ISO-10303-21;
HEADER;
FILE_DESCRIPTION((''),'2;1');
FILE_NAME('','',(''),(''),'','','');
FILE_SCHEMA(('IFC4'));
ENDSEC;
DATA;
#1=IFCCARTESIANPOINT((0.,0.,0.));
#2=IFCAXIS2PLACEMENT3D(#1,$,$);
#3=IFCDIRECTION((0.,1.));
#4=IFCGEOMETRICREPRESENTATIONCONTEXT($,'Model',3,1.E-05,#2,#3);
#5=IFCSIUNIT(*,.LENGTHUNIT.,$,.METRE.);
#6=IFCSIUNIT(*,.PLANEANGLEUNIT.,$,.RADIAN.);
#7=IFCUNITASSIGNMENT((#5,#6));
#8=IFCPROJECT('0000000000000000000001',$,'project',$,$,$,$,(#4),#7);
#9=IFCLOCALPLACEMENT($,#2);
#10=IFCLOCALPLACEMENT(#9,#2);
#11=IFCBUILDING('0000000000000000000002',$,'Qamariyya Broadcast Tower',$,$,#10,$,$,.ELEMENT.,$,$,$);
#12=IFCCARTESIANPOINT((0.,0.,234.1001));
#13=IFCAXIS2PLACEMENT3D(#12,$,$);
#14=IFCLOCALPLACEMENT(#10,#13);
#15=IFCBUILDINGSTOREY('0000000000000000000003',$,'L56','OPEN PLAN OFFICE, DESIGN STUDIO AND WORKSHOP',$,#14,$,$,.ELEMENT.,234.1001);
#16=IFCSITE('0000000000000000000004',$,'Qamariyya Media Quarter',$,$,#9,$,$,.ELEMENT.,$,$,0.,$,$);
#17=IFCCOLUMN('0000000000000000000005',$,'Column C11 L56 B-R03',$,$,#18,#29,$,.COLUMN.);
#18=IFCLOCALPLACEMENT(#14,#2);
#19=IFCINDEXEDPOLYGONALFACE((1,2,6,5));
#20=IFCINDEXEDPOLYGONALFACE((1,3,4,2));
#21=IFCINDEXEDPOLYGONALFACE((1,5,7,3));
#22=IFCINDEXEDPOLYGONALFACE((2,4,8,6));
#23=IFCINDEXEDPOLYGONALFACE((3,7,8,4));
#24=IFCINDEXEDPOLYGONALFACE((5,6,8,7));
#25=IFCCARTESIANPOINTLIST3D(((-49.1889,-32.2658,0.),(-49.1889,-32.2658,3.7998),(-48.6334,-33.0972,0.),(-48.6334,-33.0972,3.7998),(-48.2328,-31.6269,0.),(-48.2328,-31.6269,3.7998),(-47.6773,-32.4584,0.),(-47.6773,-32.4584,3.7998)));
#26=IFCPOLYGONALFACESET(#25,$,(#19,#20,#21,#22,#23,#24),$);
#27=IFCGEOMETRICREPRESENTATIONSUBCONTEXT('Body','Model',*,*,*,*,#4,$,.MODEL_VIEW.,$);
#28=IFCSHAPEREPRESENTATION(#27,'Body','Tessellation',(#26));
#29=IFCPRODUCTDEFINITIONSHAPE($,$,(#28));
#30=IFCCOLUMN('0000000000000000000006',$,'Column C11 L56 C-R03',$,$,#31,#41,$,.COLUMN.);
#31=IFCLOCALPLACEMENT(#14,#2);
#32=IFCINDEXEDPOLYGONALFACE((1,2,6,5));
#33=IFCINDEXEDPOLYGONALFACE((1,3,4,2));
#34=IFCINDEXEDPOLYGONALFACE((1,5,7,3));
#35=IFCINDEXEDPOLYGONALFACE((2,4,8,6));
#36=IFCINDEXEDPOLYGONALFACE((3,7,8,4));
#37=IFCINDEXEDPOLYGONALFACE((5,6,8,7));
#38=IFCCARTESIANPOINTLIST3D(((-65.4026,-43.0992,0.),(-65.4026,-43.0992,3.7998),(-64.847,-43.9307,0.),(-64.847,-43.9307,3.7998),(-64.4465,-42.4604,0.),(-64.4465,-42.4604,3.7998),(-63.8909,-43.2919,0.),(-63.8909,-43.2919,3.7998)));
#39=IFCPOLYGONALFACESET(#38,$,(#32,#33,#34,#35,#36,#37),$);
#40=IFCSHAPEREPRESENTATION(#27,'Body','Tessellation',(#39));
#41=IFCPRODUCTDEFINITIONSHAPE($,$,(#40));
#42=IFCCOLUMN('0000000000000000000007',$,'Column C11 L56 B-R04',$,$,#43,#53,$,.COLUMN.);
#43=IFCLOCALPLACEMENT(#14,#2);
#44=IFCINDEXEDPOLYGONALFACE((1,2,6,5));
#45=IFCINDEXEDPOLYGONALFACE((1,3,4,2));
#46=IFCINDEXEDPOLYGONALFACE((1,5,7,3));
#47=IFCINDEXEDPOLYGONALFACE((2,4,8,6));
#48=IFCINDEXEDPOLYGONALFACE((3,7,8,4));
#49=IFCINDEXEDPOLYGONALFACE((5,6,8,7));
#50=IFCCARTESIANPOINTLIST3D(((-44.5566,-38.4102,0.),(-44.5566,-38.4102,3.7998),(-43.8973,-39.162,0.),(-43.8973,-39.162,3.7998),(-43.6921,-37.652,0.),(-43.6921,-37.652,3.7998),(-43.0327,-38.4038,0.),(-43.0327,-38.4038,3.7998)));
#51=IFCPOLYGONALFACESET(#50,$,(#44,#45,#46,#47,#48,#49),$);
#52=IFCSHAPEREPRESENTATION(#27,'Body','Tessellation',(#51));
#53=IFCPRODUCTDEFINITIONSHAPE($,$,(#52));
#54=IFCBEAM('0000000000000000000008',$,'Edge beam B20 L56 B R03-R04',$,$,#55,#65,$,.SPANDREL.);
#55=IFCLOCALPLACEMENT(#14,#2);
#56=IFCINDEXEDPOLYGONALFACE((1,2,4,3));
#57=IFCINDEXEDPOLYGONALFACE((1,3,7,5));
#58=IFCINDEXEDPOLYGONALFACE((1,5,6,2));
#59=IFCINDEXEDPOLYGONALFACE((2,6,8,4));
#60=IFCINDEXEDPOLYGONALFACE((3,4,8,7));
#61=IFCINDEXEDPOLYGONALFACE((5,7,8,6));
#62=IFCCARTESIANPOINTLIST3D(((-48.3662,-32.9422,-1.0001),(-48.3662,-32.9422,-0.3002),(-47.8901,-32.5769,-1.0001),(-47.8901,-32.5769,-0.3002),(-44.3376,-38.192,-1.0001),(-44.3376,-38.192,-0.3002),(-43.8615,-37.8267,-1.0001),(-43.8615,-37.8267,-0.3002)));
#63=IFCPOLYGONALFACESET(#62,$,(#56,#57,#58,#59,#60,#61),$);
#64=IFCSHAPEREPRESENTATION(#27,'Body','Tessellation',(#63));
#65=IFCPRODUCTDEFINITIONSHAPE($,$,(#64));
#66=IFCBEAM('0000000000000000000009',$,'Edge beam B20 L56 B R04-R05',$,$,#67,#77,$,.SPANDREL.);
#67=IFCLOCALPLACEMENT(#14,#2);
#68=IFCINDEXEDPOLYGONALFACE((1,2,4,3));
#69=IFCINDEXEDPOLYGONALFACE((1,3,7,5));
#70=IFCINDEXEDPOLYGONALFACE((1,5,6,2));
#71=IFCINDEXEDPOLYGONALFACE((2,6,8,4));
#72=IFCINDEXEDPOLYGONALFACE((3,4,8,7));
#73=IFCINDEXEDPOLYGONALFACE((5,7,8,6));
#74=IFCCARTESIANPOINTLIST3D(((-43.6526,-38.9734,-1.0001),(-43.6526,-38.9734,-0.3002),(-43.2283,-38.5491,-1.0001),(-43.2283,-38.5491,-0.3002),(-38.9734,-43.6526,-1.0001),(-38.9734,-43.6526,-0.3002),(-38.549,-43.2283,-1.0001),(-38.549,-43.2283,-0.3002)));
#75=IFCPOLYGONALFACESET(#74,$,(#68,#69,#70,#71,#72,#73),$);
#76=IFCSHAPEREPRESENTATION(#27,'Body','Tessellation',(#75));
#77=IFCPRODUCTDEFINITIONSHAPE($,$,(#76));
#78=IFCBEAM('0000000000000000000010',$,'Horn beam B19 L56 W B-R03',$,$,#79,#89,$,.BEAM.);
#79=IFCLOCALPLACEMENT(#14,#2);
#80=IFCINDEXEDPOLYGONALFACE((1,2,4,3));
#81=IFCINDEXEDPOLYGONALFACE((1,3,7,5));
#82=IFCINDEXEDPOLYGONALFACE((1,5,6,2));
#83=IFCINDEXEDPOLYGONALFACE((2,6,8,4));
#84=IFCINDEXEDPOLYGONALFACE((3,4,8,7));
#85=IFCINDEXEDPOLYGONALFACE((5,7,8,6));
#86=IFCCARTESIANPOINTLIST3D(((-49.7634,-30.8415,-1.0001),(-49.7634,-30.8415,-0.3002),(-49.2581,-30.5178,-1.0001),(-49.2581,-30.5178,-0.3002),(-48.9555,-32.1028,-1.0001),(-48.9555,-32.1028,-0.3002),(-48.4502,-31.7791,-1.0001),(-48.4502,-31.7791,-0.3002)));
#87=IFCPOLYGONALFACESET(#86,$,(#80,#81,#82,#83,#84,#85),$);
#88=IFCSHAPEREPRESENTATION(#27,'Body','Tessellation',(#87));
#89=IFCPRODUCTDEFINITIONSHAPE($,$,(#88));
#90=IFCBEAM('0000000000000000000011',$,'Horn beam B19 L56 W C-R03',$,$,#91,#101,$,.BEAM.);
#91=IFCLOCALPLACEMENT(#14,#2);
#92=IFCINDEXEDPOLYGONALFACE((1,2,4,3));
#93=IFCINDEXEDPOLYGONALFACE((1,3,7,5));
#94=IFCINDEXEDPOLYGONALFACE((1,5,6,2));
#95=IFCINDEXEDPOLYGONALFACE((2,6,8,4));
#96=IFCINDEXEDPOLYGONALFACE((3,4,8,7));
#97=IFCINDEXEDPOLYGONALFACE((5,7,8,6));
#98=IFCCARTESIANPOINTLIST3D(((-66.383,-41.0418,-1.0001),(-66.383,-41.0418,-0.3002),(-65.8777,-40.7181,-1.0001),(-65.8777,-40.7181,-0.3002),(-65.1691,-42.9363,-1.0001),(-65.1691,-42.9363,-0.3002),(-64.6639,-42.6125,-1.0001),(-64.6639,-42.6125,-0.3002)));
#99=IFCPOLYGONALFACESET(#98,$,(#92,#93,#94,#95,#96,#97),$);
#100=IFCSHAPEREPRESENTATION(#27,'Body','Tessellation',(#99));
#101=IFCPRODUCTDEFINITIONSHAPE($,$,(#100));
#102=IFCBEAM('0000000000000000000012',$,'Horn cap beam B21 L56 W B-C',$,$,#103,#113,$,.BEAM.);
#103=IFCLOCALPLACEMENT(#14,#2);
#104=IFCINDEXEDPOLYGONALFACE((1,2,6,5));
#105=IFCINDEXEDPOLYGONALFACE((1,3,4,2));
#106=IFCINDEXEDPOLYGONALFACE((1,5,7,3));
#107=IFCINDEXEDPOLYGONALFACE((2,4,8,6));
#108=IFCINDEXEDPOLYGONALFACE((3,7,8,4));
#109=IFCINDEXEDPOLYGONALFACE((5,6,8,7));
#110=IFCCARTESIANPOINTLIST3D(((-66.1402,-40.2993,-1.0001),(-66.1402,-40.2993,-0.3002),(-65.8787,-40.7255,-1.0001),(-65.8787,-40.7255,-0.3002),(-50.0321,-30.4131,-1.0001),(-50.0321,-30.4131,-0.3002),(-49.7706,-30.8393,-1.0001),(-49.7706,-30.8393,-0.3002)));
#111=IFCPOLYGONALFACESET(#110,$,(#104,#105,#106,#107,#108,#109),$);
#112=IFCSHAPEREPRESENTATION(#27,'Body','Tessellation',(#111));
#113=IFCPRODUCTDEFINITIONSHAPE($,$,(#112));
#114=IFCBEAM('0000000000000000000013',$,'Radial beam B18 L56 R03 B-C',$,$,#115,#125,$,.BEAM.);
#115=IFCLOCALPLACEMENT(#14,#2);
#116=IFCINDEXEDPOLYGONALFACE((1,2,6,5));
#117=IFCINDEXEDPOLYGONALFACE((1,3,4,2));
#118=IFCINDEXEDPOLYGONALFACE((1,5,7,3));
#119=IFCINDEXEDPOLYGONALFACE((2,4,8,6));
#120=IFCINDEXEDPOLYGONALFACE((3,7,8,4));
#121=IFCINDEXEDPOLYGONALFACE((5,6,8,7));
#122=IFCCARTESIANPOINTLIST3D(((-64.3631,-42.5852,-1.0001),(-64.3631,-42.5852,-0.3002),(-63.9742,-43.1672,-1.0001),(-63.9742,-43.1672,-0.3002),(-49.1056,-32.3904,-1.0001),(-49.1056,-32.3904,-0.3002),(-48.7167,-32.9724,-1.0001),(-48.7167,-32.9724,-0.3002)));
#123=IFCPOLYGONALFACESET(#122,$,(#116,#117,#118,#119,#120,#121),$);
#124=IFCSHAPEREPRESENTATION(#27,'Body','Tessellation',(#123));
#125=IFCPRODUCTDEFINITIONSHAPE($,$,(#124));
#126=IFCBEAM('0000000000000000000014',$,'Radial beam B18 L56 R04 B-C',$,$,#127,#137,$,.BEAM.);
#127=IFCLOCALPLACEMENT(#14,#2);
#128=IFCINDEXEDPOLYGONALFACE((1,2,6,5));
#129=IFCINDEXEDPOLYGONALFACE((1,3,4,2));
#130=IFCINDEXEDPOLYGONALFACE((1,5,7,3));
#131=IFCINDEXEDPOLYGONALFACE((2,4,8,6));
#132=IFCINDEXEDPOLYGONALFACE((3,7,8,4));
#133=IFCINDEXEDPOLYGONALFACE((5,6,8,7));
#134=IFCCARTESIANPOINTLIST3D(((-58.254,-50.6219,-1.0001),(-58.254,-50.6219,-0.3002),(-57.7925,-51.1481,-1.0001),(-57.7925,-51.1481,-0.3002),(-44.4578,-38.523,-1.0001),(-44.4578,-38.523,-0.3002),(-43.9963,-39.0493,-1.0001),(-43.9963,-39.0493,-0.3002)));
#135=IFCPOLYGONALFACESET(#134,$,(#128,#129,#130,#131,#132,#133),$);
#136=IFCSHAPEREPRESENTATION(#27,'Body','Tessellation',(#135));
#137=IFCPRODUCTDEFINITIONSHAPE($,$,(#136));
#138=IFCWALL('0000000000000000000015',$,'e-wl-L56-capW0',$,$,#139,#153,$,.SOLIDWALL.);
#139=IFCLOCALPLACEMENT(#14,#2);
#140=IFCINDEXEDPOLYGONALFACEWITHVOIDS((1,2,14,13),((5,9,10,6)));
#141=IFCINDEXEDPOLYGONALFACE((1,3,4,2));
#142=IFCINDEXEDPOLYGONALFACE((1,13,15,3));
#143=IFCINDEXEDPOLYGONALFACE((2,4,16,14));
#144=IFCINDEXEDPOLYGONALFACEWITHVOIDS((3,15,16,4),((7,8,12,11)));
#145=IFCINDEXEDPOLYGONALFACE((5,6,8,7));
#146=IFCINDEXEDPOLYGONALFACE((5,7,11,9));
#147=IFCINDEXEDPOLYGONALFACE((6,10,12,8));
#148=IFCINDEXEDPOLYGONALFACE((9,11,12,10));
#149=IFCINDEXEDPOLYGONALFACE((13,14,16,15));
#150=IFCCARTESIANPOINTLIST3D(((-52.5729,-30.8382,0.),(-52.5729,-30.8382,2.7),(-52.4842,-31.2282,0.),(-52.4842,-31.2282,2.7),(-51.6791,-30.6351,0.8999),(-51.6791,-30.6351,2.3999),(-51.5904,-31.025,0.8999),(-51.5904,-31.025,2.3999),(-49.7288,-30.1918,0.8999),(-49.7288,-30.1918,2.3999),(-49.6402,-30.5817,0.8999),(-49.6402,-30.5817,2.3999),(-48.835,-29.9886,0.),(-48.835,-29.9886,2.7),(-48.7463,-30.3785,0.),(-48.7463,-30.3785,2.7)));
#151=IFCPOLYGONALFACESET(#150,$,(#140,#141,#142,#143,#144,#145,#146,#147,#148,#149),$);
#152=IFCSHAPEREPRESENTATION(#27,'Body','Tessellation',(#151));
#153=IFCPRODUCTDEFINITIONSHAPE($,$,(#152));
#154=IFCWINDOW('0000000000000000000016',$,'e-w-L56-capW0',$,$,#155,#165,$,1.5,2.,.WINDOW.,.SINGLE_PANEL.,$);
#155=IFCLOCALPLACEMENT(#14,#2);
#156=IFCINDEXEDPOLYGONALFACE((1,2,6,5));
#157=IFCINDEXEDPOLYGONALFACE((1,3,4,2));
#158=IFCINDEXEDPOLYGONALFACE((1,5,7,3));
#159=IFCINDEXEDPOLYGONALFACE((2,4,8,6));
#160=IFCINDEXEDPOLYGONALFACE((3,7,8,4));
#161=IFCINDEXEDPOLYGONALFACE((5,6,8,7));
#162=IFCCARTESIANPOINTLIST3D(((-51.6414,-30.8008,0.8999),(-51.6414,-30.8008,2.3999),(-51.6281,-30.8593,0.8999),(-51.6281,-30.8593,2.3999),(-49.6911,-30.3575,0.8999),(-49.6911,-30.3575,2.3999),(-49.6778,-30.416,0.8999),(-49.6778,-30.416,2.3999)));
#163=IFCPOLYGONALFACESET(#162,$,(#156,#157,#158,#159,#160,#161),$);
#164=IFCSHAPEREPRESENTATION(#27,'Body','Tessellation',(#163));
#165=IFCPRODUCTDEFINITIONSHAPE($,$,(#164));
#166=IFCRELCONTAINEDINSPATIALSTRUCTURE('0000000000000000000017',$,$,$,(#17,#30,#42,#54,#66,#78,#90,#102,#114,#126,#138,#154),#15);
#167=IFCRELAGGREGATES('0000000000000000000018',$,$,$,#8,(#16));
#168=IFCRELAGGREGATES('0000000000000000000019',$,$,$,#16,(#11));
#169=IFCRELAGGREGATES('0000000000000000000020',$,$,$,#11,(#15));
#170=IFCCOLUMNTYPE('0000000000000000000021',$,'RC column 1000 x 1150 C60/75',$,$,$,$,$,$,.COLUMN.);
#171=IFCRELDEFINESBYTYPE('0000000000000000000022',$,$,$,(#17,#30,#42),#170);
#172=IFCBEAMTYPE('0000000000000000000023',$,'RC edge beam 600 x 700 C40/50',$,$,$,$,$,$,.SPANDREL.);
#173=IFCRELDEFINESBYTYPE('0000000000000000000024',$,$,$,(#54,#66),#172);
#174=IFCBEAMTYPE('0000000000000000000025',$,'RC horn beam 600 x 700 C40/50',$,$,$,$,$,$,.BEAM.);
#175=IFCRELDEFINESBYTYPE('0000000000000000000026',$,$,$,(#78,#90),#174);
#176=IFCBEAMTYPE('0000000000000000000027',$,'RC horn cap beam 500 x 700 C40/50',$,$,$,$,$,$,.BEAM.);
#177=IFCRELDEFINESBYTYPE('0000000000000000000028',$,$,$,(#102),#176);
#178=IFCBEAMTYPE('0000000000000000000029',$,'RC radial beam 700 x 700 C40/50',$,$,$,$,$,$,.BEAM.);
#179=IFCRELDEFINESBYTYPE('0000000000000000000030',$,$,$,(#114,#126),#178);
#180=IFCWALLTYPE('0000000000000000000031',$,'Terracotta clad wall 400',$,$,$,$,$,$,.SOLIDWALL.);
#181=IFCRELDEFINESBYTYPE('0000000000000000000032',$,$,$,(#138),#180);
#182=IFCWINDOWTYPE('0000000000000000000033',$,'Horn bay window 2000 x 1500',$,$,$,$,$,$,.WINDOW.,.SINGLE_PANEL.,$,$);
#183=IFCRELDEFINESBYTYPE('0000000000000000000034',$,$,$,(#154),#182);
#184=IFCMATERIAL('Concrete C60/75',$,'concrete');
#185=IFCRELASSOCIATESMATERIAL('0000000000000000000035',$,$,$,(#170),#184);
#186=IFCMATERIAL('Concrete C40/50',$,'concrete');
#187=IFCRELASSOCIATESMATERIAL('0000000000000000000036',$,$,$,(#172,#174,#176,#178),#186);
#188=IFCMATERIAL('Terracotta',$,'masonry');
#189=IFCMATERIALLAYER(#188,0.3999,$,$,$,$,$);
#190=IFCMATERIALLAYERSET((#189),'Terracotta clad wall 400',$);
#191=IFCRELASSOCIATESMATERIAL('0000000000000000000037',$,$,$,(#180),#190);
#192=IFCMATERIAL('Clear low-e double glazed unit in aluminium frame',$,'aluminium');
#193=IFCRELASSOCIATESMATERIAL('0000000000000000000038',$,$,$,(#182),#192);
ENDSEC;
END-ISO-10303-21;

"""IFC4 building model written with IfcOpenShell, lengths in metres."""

from ifc_helpers import new_model, si_unit, direction, frame, frame_2d, origin, origin_2d, place, context, subcontext, project, spatial, rectangle, extrude, material, layer, layer_set, material_profile, profile_set, type_object, element, fill, save


model = new_model("IFC4")

# Units and contexts
model_context = context("Model", 3, precision=1e-05, world=origin(), true_north=direction((0.0, 1.0)))
body_context = subcontext(model_context, "Body", "Model", "MODEL_VIEW")
ifc_project = project(units=[si_unit("LENGTHUNIT", "METRE"), si_unit("PLANEANGLEUNIT", "RADIAN")], contexts=[model_context])

# Site, building, storey
site_placement = place(None, origin())
site = spatial("IfcSite", under=ifc_project, at=site_placement, Name="Qamariyya Media Quarter", CompositionType="ELEMENT", RefElevation=0.0)
building_placement = place(site_placement, origin())
building = spatial("IfcBuilding", under=site, at=building_placement, Name="Qamariyya Broadcast Tower", CompositionType="ELEMENT")
storey_placement = place(building_placement, frame((0.0, 0.0, 234.1001)))
storey = spatial("IfcBuildingStorey", under=building, at=storey_placement, Name="L56", Description="OPEN PLAN OFFICE, DESIGN STUDIO AND WORKSHOP", CompositionType="ELEMENT", Elevation=234.1001)

# Columns
ifc_material_1 = material(Name="Concrete C60/75", Category="concrete")
ifc_material_profile_1 = material_profile(ifc_material_1, rectangle(XDim=1.0, YDim=1.1499, at=origin_2d()))
ifc_profile_set_1 = profile_set([ifc_material_profile_1], Name="Concrete C60/75")
column_type = type_object("IfcColumnType", Name="RC column 1000 x 1150 C60/75", PredefinedType="COLUMN", material=ifc_profile_set_1)
for number, where, z_axis, x_axis, name in (
    (1, (-48.4331, -32.3621, 0.0), (0.0, 0.0, 1.0), (0.55557, -0.83147, 0.0), "Column C11 L56 B-R03"),
    (2, (-64.6467, -43.1956, 0.0), (0.0, 0.0, 1.0), (0.55557, -0.83147, 0.0), "Column C11 L56 C-R03"),
    (3, (-43.7947, -38.407, 0.0), (0.0, 0.0, 1.0), (0.659346, -0.75184, 0.0), "Column C11 L56 B-R04"),
):
    element("IfcColumn", number, at=place(storey_placement, frame(where, z_axis=z_axis, x_axis=x_axis)), inside=storey, type_object=column_type, Name=name, PredefinedType="COLUMN", context=body_context, shape_type="SweptSolid", body=[
        extrude(rectangle(XDim=1.0, YDim=1.1499, at=origin_2d()), origin(), (0.0, 0.0, 1.0), 3.7998),
    ])

# Beams
ifc_material_2 = material(Name="Concrete C40/50", Category="concrete")
ifc_material_profile_2 = material_profile(ifc_material_2, rectangle(XDim=0.6001, YDim=0.7, at=origin_2d()))
ifc_profile_set_2 = profile_set([ifc_material_profile_2], Name="Concrete C40/50")
beam_type_1 = type_object("IfcBeamType", Name="RC edge beam 600 x 700 C40/50", PredefinedType="SPANDREL", material=ifc_profile_set_2)
for number, where, z_axis, x_axis, name in (
    (4, (-48.1282, -32.7595, -0.6501), (0.608789, -0.793333, 0.0), (0.793333, 0.608789, 0.0), "Edge beam B20 L56 B R03-R04"),
    (5, (-43.4404, -38.7612, -0.6501), (0.707107, -0.707107, 0.0), (0.707107, 0.707107, 0.0), "Edge beam B20 L56 B R04-R05"),
):
    element("IfcBeam", number, at=place(storey_placement, frame(where, z_axis=z_axis, x_axis=x_axis)), inside=storey, type_object=beam_type_1, Name=name, PredefinedType="SPANDREL", context=body_context, shape_type="SweptSolid", body=[
        extrude(rectangle(XDim=0.6001, YDim=0.7, at=origin_2d()), origin(), (0.0, 0.0, 1.0), 6.6174),
    ])
ifc_material_profile_3 = material_profile(ifc_material_2, rectangle(XDim=0.6001, YDim=0.7, at=origin_2d()))
ifc_profile_set_3 = profile_set([ifc_material_profile_3], Name="Concrete C40/50")
beam_type_2 = type_object("IfcBeamType", Name="RC horn beam 600 x 700 C40/50", PredefinedType="BEAM", material=ifc_profile_set_3)
beam_1_placement = place(storey_placement, frame((-48.7029, -31.9409, -0.6501), z_axis=(-0.539373, 0.842067, 0.0), x_axis=(-0.842067, -0.539373, 0.0)))
element("IfcBeam", 6, at=beam_1_placement, inside=storey, type_object=beam_type_2, Name="Horn beam B19 L56 W B-R03", PredefinedType="BEAM", context=body_context, shape_type="SweptSolid", body=[
    extrude(rectangle(XDim=0.6001, YDim=0.7, at=origin_2d()), origin(), (0.0, 0.0, 1.0), 1.4978),
])
beam_2_placement = place(storey_placement, frame((-64.9165, -42.7744, -0.6501), z_axis=(-0.539485, 0.841995, 0.0), x_axis=(-0.841995, -0.539485, 0.0)))
element("IfcBeam", 7, at=beam_2_placement, inside=storey, type_object=beam_type_2, Name="Horn beam B19 L56 W C-R03", PredefinedType="BEAM", context=body_context, shape_type="SweptSolid", body=[
    extrude(rectangle(XDim=0.6001, YDim=0.7, at=origin_2d()), origin(), (0.0, 0.0, 1.0), 2.25),
])
ifc_material_profile_4 = material_profile(ifc_material_2, rectangle(XDim=0.5, YDim=0.7, at=origin_2d()))
ifc_profile_set_4 = profile_set([ifc_material_profile_4], Name="Concrete C40/50")
beam_type_3 = type_object("IfcBeamType", Name="RC horn cap beam 500 x 700 C40/50", PredefinedType="BEAM", material=ifc_profile_set_4)
beam_3_placement = place(storey_placement, frame((-49.9014, -30.6262, -0.6501), z_axis=(-0.852283, -0.523081, 0.0), x_axis=(0.523081, -0.852283, 0.0)))
element("IfcBeam", 8, at=beam_3_placement, inside=storey, type_object=beam_type_3, Name="Horn cap beam B21 L56 W B-C", PredefinedType="BEAM", context=body_context, shape_type="SweptSolid", body=[
    extrude(rectangle(XDim=0.5, YDim=0.7, at=origin_2d()), origin(), (0.0, 0.0, 1.0), 18.8999),
])
ifc_material_profile_5 = material_profile(ifc_material_2, rectangle(XDim=0.7, YDim=0.7, at=origin_2d()))
ifc_profile_set_5 = profile_set([ifc_material_profile_5], Name="Concrete C40/50")
beam_type_4 = type_object("IfcBeamType", Name="RC radial beam 700 x 700 C40/50", PredefinedType="BEAM", material=ifc_profile_set_5)
beam_4_placement = place(storey_placement, frame((-48.9111, -32.6814, -0.6501), z_axis=(-0.831469, -0.555572, 0.0), x_axis=(0.555572, -0.831469, 0.0)))
element("IfcBeam", 9, at=beam_4_placement, inside=storey, type_object=beam_type_4, Name="Radial beam B18 L56 R03 B-C", PredefinedType="BEAM", context=body_context, shape_type="SweptSolid", body=[
    extrude(rectangle(XDim=0.7, YDim=0.7, at=origin_2d()), origin(), (0.0, 0.0, 1.0), 18.3501),
])
beam_5_placement = place(storey_placement, frame((-44.2271, -38.7861, -0.6501), z_axis=(-0.75184, -0.659345, 0.0), x_axis=(0.659345, -0.75184, 0.0)))
element("IfcBeam", 10, at=beam_5_placement, inside=storey, type_object=beam_type_4, Name="Radial beam B18 L56 R04 B-C", PredefinedType="BEAM", context=body_context, shape_type="SweptSolid", body=[
    extrude(rectangle(XDim=0.7, YDim=0.7, at=origin_2d()), origin(), (0.0, 0.0, 1.0), 18.3499),
])

# Wall, opening, window
ifc_material_3 = material(Name="Terracotta", Category="masonry")
ifc_layer = layer(ifc_material_3, 0.3999)
ifc_layer_set = layer_set([ifc_layer], Name="Terracotta clad wall 400")
wall_type = type_object("IfcWallType", Name="Terracotta clad wall 400", PredefinedType="SOLIDWALL", material=ifc_layer_set)
wall_1_placement = place(storey_placement, frame((-48.7908, -30.1836, 0.0), z_axis=(0.0, 0.0, 1.0), x_axis=(-0.975127, -0.221649, 0.0)))
wall_1 = element("IfcWall", 11, at=wall_1_placement, inside=storey, type_object=wall_type, Name="e-wl-L56-capW0", PredefinedType="SOLIDWALL", context=body_context, shape_type="SweptSolid", body=[
    extrude(rectangle(XDim=3.8333, YDim=0.3999, at=frame_2d((1.9165, 0.0))), origin(), (0.0, 0.0, 1.0), 2.7),
])
opening_1_placement = place(wall_1_placement, frame((0.9165, 0.0, 0.8999)))
opening_1 = element("IfcOpeningElement", 12, at=opening_1_placement, cuts=wall_1, PredefinedType="OPENING", context=body_context, shape_type="SweptSolid", body=[
    extrude(rectangle(XDim=2.0, YDim=1.5, at=frame_2d((1.0, 0.75))), frame((0.0, 0.21, 0.0), z_axis=(0.0, -1.0, 0.0), x_axis=(1.0, 0.0, 0.0)), (0.0, 0.0, 1.0), 0.4199),
])
ifc_material_4 = material(Name="Clear low-e double glazed unit in aluminium frame", Category="aluminium")
window_type_1 = type_object("IfcWindowType", Name="Horn bay window 2000 x 1500", PartitioningType="SINGLE_PANEL", PredefinedType="WINDOW", material=ifc_material_4)
window_1_placement = place(opening_1_placement, origin())
window_1 = element("IfcWindow", 13, at=window_1_placement, inside=storey, type_object=window_type_1, Name="e-w-L56-capW0", OverallHeight=1.5, OverallWidth=2.0, PartitioningType="SINGLE_PANEL", PredefinedType="WINDOW", context=body_context, shape_type="SweptSolid", body=[
    extrude(rectangle(XDim=2.0, YDim=1.5, at=frame_2d((1.0, 0.75))), frame((0.0, 0.03, 0.0), z_axis=(0.0, -1.0, 0.0), x_axis=(1.0, 0.0, 0.0)), (0.0, 0.0, 1.0), 0.0601),
])
fill(opening_1, window_1)

save(model, "model.ifc")
